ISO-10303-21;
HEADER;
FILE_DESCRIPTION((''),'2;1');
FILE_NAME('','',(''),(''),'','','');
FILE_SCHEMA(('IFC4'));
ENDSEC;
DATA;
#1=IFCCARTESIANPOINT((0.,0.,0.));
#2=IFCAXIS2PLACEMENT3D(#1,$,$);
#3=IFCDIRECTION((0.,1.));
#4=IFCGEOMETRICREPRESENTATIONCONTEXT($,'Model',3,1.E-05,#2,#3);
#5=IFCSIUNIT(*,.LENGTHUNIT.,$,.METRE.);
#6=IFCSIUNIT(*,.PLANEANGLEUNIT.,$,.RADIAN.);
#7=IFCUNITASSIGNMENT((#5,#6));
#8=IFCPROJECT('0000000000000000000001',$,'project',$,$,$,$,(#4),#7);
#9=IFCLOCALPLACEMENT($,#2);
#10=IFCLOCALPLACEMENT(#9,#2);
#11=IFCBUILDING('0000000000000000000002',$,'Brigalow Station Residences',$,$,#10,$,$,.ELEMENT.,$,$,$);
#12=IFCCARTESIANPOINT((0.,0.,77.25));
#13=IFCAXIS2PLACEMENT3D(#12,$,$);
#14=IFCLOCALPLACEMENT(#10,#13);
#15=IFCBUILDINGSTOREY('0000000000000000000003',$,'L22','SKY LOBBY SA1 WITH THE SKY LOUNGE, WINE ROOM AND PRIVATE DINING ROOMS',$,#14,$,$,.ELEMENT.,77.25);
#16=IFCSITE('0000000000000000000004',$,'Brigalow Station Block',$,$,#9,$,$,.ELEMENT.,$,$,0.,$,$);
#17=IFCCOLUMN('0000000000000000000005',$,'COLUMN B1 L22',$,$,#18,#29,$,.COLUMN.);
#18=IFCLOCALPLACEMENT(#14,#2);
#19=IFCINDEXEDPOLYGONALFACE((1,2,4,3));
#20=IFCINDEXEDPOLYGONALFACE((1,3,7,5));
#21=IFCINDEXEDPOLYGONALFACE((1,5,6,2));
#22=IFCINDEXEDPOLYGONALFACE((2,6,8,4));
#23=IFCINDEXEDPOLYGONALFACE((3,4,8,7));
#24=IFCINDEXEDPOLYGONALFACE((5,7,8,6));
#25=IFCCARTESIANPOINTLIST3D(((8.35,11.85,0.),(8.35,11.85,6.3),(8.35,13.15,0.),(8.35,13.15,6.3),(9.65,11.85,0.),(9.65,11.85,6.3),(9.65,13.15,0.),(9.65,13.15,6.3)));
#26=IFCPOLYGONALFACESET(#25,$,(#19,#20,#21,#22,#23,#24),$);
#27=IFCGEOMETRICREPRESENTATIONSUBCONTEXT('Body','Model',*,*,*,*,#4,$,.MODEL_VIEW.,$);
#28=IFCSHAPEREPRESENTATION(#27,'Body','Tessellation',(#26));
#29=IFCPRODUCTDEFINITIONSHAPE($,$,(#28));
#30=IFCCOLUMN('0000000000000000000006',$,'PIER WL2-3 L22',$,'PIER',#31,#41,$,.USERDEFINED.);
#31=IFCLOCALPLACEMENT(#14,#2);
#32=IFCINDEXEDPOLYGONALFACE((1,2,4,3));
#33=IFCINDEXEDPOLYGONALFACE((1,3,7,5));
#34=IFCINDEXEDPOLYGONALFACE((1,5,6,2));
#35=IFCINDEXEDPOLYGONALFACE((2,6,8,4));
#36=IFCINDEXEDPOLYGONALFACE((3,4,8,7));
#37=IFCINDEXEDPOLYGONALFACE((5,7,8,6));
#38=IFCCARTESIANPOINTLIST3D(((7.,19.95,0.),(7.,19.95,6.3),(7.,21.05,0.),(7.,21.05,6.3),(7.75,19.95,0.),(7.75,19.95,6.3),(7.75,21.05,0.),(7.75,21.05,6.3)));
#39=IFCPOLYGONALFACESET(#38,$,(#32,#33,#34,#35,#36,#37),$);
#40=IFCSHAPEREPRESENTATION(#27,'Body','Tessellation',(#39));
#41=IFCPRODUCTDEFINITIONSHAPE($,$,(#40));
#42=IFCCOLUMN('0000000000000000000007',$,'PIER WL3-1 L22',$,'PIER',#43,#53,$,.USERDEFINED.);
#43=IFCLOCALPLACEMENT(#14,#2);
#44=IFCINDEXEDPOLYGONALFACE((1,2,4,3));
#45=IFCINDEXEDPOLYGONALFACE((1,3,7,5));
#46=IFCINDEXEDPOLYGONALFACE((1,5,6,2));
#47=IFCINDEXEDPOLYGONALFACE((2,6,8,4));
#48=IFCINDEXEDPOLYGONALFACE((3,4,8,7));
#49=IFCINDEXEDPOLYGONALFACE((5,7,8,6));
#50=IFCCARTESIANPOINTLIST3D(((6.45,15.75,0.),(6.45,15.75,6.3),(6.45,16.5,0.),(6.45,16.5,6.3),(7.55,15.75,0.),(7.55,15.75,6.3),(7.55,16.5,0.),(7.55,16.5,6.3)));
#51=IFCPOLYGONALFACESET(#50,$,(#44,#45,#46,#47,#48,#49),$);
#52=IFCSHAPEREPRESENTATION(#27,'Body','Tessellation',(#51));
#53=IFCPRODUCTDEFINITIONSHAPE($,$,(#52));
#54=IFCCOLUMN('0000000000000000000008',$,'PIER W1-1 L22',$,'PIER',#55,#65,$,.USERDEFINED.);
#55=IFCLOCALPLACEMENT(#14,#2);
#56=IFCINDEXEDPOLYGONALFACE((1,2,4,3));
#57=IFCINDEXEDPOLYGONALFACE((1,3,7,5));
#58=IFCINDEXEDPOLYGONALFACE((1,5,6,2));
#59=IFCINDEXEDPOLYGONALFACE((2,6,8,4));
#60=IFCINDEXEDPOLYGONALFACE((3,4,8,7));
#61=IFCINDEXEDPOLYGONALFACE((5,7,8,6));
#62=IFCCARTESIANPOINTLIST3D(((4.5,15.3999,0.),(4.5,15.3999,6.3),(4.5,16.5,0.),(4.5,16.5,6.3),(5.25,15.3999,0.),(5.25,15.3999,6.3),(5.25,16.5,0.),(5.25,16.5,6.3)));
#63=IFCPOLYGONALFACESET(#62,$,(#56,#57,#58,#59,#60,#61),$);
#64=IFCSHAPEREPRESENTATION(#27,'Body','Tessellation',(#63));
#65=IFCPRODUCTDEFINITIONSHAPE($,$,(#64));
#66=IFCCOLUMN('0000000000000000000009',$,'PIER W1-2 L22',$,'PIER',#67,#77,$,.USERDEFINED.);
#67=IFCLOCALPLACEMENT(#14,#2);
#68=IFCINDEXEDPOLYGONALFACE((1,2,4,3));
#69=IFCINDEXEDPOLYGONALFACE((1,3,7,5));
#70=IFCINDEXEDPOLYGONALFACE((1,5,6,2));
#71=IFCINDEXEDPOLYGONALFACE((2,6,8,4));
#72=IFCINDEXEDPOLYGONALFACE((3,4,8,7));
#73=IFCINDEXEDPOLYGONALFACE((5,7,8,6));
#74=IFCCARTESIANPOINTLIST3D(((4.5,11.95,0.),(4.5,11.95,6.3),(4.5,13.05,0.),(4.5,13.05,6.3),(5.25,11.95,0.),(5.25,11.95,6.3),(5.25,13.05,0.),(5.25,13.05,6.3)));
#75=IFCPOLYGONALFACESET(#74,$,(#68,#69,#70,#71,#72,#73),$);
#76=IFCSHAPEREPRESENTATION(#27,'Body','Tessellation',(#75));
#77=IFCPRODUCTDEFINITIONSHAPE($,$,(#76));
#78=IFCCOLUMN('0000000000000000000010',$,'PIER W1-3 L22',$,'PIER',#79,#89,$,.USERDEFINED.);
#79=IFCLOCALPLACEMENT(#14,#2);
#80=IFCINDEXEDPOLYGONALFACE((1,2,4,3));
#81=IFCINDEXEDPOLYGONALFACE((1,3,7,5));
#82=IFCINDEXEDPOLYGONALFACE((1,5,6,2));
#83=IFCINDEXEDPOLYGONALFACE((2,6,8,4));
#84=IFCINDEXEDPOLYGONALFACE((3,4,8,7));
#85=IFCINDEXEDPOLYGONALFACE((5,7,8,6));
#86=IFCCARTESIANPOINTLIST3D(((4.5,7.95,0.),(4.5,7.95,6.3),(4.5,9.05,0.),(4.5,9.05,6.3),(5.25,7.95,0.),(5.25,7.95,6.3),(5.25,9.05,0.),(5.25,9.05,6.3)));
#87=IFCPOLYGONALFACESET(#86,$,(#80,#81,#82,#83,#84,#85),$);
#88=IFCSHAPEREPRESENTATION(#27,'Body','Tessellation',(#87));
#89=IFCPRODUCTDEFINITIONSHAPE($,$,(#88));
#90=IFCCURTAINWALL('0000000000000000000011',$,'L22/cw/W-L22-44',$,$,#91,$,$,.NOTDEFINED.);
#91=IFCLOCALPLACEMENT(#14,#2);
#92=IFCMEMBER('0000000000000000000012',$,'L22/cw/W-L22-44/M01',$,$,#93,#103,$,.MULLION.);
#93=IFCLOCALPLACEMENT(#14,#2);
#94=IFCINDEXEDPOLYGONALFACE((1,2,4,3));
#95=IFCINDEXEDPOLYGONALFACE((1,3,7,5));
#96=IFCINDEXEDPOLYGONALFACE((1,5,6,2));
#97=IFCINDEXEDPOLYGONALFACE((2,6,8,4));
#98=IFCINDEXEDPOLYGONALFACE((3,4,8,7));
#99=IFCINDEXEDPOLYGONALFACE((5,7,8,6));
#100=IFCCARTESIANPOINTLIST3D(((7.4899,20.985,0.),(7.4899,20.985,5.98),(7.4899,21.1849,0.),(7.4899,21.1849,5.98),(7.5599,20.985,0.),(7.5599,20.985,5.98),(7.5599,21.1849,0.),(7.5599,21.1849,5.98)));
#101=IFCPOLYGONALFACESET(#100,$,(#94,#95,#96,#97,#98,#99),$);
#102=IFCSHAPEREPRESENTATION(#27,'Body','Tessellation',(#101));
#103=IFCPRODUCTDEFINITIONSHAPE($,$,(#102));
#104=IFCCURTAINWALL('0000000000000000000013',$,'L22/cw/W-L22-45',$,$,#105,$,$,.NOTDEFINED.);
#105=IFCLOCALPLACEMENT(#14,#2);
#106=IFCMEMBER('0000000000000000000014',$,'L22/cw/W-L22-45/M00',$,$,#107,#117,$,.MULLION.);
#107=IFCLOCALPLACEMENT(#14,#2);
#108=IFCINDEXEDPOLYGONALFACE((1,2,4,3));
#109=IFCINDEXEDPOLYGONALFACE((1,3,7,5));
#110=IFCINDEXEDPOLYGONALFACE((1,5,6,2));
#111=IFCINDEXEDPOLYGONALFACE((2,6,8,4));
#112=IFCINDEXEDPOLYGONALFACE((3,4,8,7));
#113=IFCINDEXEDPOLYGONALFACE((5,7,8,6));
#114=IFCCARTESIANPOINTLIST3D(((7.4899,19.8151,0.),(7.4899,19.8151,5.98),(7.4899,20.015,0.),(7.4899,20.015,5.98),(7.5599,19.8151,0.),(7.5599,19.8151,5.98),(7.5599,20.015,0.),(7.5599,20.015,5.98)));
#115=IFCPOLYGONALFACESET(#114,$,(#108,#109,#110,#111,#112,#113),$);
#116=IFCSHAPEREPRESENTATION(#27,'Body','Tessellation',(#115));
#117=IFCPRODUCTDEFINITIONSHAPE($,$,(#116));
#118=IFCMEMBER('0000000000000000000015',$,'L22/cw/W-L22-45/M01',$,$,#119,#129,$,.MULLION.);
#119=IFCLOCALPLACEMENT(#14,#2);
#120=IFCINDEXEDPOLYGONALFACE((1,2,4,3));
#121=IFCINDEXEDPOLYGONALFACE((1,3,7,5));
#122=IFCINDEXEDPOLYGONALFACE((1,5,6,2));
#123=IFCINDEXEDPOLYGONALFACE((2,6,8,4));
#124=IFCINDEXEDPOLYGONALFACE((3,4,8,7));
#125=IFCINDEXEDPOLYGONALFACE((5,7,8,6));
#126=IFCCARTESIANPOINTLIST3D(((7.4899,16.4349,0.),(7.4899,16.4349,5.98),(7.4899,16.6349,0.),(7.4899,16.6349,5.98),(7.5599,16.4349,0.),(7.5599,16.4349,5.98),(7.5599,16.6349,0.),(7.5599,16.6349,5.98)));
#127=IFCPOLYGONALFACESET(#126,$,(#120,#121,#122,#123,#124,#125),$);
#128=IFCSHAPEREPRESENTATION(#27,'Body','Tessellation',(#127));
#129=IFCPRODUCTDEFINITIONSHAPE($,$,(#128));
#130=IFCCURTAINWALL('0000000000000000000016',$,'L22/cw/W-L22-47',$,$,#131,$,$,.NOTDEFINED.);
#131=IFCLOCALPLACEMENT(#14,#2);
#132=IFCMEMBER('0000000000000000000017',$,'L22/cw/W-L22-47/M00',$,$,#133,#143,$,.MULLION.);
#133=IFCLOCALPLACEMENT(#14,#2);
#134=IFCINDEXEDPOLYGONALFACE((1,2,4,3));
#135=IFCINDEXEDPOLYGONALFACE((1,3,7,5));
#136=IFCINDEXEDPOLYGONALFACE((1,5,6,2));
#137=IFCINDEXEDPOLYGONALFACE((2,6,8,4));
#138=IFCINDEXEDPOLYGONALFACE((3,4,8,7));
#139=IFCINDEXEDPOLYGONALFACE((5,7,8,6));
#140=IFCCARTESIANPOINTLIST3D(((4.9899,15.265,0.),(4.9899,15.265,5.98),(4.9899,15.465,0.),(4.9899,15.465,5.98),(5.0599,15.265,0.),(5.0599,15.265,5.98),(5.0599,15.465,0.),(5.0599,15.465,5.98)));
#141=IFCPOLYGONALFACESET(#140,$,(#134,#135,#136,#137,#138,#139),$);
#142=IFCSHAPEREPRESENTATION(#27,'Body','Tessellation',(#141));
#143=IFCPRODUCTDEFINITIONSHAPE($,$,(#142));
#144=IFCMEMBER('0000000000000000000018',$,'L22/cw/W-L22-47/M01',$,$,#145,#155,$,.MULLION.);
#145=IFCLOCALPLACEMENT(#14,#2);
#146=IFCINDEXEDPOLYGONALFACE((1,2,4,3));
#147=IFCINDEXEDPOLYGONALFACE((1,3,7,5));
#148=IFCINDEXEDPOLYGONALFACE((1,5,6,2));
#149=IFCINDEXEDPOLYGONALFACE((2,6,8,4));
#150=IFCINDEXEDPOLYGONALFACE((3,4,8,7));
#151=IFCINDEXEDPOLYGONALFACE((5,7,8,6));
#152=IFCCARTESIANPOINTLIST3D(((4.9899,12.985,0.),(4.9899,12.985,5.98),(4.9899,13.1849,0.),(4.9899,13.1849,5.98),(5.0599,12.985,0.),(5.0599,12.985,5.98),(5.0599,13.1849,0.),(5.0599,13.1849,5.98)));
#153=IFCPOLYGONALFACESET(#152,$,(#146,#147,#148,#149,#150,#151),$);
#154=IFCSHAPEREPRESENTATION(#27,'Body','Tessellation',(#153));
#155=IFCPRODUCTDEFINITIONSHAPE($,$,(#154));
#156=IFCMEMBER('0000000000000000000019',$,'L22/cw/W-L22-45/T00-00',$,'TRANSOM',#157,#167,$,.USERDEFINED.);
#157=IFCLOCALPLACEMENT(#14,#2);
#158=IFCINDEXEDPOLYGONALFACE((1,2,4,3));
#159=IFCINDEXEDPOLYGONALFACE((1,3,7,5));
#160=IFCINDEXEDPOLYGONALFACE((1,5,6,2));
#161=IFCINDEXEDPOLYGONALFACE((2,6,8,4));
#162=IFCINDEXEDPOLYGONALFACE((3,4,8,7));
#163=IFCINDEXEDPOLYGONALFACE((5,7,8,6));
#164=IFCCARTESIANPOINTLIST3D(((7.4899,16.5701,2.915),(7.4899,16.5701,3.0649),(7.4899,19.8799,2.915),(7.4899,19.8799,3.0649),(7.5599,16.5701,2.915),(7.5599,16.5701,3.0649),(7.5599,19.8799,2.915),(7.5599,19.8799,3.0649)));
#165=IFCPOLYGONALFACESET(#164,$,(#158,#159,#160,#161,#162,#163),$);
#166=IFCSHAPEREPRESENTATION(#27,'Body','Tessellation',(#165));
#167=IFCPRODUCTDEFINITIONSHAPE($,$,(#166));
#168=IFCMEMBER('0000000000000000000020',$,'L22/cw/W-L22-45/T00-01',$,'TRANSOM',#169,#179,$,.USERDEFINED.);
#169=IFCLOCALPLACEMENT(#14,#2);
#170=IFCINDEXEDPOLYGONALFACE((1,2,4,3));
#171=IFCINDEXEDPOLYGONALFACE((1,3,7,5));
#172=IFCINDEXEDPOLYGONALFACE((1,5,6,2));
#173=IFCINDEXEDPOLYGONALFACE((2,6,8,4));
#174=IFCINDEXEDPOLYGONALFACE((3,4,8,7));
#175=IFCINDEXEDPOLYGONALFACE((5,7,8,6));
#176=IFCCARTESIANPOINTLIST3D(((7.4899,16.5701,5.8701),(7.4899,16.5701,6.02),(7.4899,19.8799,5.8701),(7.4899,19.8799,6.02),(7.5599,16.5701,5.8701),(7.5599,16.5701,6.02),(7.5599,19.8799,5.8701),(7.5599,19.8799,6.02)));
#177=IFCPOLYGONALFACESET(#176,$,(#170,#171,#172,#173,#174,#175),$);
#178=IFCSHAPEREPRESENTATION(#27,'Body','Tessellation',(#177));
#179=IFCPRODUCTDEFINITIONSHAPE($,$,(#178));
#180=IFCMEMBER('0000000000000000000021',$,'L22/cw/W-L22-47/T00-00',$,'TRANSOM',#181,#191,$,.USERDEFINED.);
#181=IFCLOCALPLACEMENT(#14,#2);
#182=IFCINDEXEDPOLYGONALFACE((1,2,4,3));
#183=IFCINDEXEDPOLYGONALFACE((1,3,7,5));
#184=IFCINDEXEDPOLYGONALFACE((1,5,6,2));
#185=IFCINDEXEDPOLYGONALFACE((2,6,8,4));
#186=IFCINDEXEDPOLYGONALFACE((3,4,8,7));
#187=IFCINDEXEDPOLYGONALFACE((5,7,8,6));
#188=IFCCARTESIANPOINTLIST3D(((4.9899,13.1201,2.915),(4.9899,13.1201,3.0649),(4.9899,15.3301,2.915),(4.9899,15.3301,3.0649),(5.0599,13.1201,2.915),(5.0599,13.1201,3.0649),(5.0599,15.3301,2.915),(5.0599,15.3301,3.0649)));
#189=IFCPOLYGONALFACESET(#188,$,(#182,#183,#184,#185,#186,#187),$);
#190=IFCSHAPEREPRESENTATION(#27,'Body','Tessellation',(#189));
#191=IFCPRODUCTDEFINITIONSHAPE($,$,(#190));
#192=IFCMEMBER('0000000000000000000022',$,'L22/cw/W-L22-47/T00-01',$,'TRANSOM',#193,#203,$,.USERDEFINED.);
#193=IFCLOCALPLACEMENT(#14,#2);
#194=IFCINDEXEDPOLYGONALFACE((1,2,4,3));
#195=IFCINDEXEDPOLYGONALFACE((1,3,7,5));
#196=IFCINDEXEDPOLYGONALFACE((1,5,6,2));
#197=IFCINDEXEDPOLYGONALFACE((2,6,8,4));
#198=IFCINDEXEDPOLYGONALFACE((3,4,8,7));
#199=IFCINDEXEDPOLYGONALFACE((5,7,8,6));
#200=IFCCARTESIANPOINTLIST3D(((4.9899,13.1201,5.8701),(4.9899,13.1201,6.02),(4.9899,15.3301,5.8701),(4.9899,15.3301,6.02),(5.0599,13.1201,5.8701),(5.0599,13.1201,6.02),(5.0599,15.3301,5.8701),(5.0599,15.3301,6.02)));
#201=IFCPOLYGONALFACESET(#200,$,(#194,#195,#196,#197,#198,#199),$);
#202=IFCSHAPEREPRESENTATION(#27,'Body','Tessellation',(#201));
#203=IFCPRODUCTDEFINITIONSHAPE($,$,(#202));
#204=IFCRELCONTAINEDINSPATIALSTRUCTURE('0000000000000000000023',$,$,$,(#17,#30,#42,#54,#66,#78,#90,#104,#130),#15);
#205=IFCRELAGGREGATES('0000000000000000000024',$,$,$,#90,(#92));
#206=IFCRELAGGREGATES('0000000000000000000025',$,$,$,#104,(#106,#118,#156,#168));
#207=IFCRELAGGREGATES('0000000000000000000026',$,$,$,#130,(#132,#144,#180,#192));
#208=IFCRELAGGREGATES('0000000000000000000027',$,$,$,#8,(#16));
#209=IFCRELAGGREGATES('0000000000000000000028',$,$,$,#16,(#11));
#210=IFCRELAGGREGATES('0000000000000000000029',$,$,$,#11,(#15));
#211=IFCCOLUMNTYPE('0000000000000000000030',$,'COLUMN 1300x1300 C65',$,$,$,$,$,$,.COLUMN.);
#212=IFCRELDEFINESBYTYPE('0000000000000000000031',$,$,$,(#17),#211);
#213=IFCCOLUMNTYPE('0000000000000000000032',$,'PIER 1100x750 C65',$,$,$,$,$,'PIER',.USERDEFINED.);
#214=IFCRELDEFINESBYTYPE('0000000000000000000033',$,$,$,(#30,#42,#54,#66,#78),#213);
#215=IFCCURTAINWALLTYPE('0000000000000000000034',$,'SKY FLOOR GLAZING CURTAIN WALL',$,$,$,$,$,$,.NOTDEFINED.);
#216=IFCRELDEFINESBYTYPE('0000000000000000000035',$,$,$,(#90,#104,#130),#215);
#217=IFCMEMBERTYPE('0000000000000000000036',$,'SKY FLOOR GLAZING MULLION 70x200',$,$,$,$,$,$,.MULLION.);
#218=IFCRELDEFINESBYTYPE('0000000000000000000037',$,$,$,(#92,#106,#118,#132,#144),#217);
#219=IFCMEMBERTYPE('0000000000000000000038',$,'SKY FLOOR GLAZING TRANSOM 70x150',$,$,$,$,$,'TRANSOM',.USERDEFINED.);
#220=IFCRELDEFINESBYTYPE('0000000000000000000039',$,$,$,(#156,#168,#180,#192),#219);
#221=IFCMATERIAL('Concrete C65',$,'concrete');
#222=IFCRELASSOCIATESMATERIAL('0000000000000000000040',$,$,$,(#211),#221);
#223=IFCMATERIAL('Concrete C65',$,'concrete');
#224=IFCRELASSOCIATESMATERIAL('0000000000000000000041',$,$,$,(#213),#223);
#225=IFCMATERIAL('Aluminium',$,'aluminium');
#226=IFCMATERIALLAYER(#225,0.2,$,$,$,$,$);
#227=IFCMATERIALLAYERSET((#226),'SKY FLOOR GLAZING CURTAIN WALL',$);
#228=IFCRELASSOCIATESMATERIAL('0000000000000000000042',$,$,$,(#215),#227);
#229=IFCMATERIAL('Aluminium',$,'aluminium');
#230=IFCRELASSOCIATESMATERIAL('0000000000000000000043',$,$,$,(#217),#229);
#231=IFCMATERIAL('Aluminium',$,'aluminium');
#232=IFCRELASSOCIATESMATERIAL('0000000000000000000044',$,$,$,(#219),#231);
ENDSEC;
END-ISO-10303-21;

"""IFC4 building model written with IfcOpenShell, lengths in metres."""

from ifc_helpers import new_model, si_unit, direction, frame, origin, origin_2d, place, context, subcontext, project, spatial, rectangle, extrude, material, layer, layer_set, material_profile, profile_set, type_object, element, aggregate, save


model = new_model("IFC4")

# Units and contexts
model_context = context("Model", 3, precision=1e-05, world=origin(), true_north=direction((0.0, 1.0)))
body_context = subcontext(model_context, "Body", "Model", "MODEL_VIEW")
ifc_project = project(units=[si_unit("LENGTHUNIT", "METRE"), si_unit("PLANEANGLEUNIT", "RADIAN")], contexts=[model_context])

# Site, building, storey
site_placement = place(None, origin())
site = spatial("IfcSite", under=ifc_project, at=site_placement, Name="Brigalow Station Block", CompositionType="ELEMENT", RefElevation=0.0)
building_placement = place(site_placement, origin())
building = spatial("IfcBuilding", under=site, at=building_placement, Name="Brigalow Station Residences", CompositionType="ELEMENT")
storey_placement = place(building_placement, frame((0.0, 0.0, 77.25)))
storey = spatial("IfcBuildingStorey", under=building, at=storey_placement, Name="L22", Description="SKY LOBBY SA1 WITH THE SKY LOUNGE, WINE ROOM AND PRIVATE DINING ROOMS", CompositionType="ELEMENT", Elevation=77.25)

# Columns
ifc_material_1 = material(Name="Concrete C65", Category="concrete")
ifc_material_profile_1 = material_profile(ifc_material_1, rectangle(XDim=1.3, YDim=1.3, at=origin_2d()), Name="RC1300x1300")
ifc_profile_set_1 = profile_set([ifc_material_profile_1], Name="Concrete C65")
column_type_1 = type_object("IfcColumnType", Name="COLUMN 1300x1300 C65", PredefinedType="COLUMN", material=ifc_profile_set_1)
column_placement = place(storey_placement, frame((9.0, 12.5, 0.0), z_axis=(0.0, 0.0, 1.0), x_axis=(1.0, 0.0, 0.0)))
element("IfcColumn", 1, at=column_placement, inside=storey, type_object=column_type_1, Name="COLUMN B1 L22", PredefinedType="COLUMN", context=body_context, shape_type="SweptSolid", body=[
    extrude(rectangle(XDim=1.3, YDim=1.3, at=origin_2d()), origin(), (0.0, 0.0, 1.0), 6.3),
])
ifc_material_2 = material(Name="Concrete C65", Category="concrete")
ifc_material_profile_2 = material_profile(ifc_material_2, rectangle(XDim=1.1001, YDim=0.75, at=origin_2d()), Name="RC1100x750")
ifc_profile_set_2 = profile_set([ifc_material_profile_2], Name="Concrete C65")
column_type_2 = type_object("IfcColumnType", Name="PIER 1100x750 C65", ElementType="PIER", PredefinedType="USERDEFINED", material=ifc_profile_set_2)
for number, where, z_axis, x_axis, name in (
    (2, (7.375, 20.5, 0.0), (0.0, 0.0, 1.0), (0.0, -1.0, 0.0), "PIER WL2-3 L22"),
    (3, (7.0, 16.125, 0.0), (0.0, 0.0, 1.0), (-1.0, 0.0, 0.0), "PIER WL3-1 L22"),
    (4, (4.875, 15.95, 0.0), (0.0, 0.0, 1.0), (0.0, -1.0, 0.0), "PIER W1-1 L22"),
    (5, (4.875, 12.5, 0.0), (0.0, 0.0, 1.0), (0.0, -1.0, 0.0), "PIER W1-2 L22"),
    (6, (4.875, 8.5, 0.0), (0.0, 0.0, 1.0), (0.0, -1.0, 0.0), "PIER W1-3 L22"),
):
    element("IfcColumn", number, at=place(storey_placement, frame(where, z_axis=z_axis, x_axis=x_axis)), inside=storey, type_object=column_type_2, Name=name, ObjectType="PIER", PredefinedType="USERDEFINED", context=body_context, shape_type="SweptSolid", body=[
        extrude(rectangle(XDim=1.1001, YDim=0.75, at=origin_2d()), origin(), (0.0, 0.0, 1.0), 6.3),
    ])

# Curtain wall, member
ifc_material_3 = material(Name="Aluminium", Category="aluminium")
ifc_layer_1 = layer(ifc_material_3, 0.2)
ifc_layer_set_1 = layer_set([ifc_layer_1], Name="SKY FLOOR GLAZING CURTAIN WALL")
curtain_wall_type = type_object("IfcCurtainWallType", Name="SKY FLOOR GLAZING CURTAIN WALL", PredefinedType="NOTDEFINED", material=ifc_layer_set_1)
curtain_wall_1_placement = place(storey_placement, origin())
curtain_wall_1 = element("IfcCurtainWall", 7, at=curtain_wall_1_placement, inside=storey, type_object=curtain_wall_type, Name="L22/cw/W-L22-44", PredefinedType="NOTDEFINED")
ifc_material_4 = material(Name="Aluminium", Category="aluminium")
ifc_material_profile_3 = material_profile(ifc_material_4, rectangle(XDim=0.0701, YDim=0.2, at=origin_2d()), Name="SKY FLOOR GLAZING MULLION 70x200")
ifc_profile_set_3 = profile_set([ifc_material_profile_3], Name="Aluminium")
member_type_1 = type_object("IfcMemberType", Name="SKY FLOOR GLAZING MULLION 70x200", PredefinedType="MULLION", material=ifc_profile_set_3)
member_1_placement = place(storey_placement, frame((7.5249, 21.085, 0.0), z_axis=(0.0, 0.0, 1.0), x_axis=(1.0, 0.0, 0.0)))
member_1 = element("IfcMember", 8, at=member_1_placement, type_object=member_type_1, Name="L22/cw/W-L22-44/M01", PredefinedType="MULLION", context=body_context, shape_type="SweptSolid", body=[
    extrude(rectangle(XDim=0.0701, YDim=0.2, at=origin_2d()), origin(), (0.0, 0.0, 1.0), 5.98),
])

# Curtain walls, members
curtain_wall_2_placement = place(storey_placement, origin())
curtain_wall_2 = element("IfcCurtainWall", 9, at=curtain_wall_2_placement, inside=storey, type_object=curtain_wall_type, Name="L22/cw/W-L22-45", PredefinedType="NOTDEFINED")
member_2_placement = place(storey_placement, frame((7.5249, 19.915, 0.0), z_axis=(0.0, 0.0, 1.0), x_axis=(1.0, 0.0, 0.0)))
member_2 = element("IfcMember", 10, at=member_2_placement, type_object=member_type_1, Name="L22/cw/W-L22-45/M00", PredefinedType="MULLION", context=body_context, shape_type="SweptSolid", body=[
    extrude(rectangle(XDim=0.0701, YDim=0.2, at=origin_2d()), origin(), (0.0, 0.0, 1.0), 5.98),
])
member_3_placement = place(storey_placement, frame((7.5249, 16.5349, 0.0), z_axis=(0.0, 0.0, 1.0), x_axis=(1.0, 0.0, 0.0)))
member_3 = element("IfcMember", 11, at=member_3_placement, type_object=member_type_1, Name="L22/cw/W-L22-45/M01", PredefinedType="MULLION", context=body_context, shape_type="SweptSolid", body=[
    extrude(rectangle(XDim=0.0701, YDim=0.2, at=origin_2d()), origin(), (0.0, 0.0, 1.0), 5.98),
])
curtain_wall_3_placement = place(storey_placement, origin())
curtain_wall_3 = element("IfcCurtainWall", 12, at=curtain_wall_3_placement, inside=storey, type_object=curtain_wall_type, Name="L22/cw/W-L22-47", PredefinedType="NOTDEFINED")
member_4_placement = place(storey_placement, frame((5.0249, 15.365, 0.0), z_axis=(0.0, 0.0, 1.0), x_axis=(1.0, 0.0, 0.0)))
member_4 = element("IfcMember", 13, at=member_4_placement, type_object=member_type_1, Name="L22/cw/W-L22-47/M00", PredefinedType="MULLION", context=body_context, shape_type="SweptSolid", body=[
    extrude(rectangle(XDim=0.0701, YDim=0.2, at=origin_2d()), origin(), (0.0, 0.0, 1.0), 5.98),
])
member_5_placement = place(storey_placement, frame((5.0249, 13.085, 0.0), z_axis=(0.0, 0.0, 1.0), x_axis=(1.0, 0.0, 0.0)))
member_5 = element("IfcMember", 14, at=member_5_placement, type_object=member_type_1, Name="L22/cw/W-L22-47/M01", PredefinedType="MULLION", context=body_context, shape_type="SweptSolid", body=[
    extrude(rectangle(XDim=0.0701, YDim=0.2, at=origin_2d()), origin(), (0.0, 0.0, 1.0), 5.98),
])

# Members
ifc_material_5 = material(Name="Aluminium", Category="aluminium")
ifc_material_profile_4 = material_profile(ifc_material_5, rectangle(XDim=0.0701, YDim=0.1499, at=origin_2d()), Name="SKY FLOOR GLAZING TRANSOM 70x150")
ifc_profile_set_4 = profile_set([ifc_material_profile_4], Name="Aluminium")
member_type_2 = type_object("IfcMemberType", Name="SKY FLOOR GLAZING TRANSOM 70x150", ElementType="TRANSOM", PredefinedType="USERDEFINED", material=ifc_profile_set_4)
member_6_placement = place(storey_placement, frame((7.5249, 19.8799, 2.99), z_axis=(0.0, -1.0, 0.0), x_axis=(1.0, 0.0, 0.0)))
member_6 = element("IfcMember", 15, at=member_6_placement, type_object=member_type_2, Name="L22/cw/W-L22-45/T00-00", ObjectType="TRANSOM", PredefinedType="USERDEFINED", context=body_context, shape_type="SweptSolid", body=[
    extrude(rectangle(XDim=0.0701, YDim=0.1499, at=origin_2d()), origin(), (0.0, 0.0, 1.0), 3.3098),
])
member_7_placement = place(storey_placement, frame((7.5249, 19.8799, 5.9451), z_axis=(0.0, -1.0, 0.0), x_axis=(1.0, 0.0, 0.0)))
member_7 = element("IfcMember", 16, at=member_7_placement, type_object=member_type_2, Name="L22/cw/W-L22-45/T00-01", ObjectType="TRANSOM", PredefinedType="USERDEFINED", context=body_context, shape_type="SweptSolid", body=[
    extrude(rectangle(XDim=0.0701, YDim=0.1499, at=origin_2d()), origin(), (0.0, 0.0, 1.0), 3.3098),
])
member_8_placement = place(storey_placement, frame((5.0249, 15.3301, 2.99), z_axis=(0.0, -1.0, 0.0), x_axis=(1.0, 0.0, 0.0)))
member_8 = element("IfcMember", 17, at=member_8_placement, type_object=member_type_2, Name="L22/cw/W-L22-47/T00-00", ObjectType="TRANSOM", PredefinedType="USERDEFINED", context=body_context, shape_type="SweptSolid", body=[
    extrude(rectangle(XDim=0.0701, YDim=0.1499, at=origin_2d()), origin(), (0.0, 0.0, 1.0), 2.21),
])
member_9_placement = place(storey_placement, frame((5.0249, 15.3301, 5.9451), z_axis=(0.0, -1.0, 0.0), x_axis=(1.0, 0.0, 0.0)))
member_9 = element("IfcMember", 18, at=member_9_placement, type_object=member_type_2, Name="L22/cw/W-L22-47/T00-01", ObjectType="TRANSOM", PredefinedType="USERDEFINED", context=body_context, shape_type="SweptSolid", body=[
    extrude(rectangle(XDim=0.0701, YDim=0.1499, at=origin_2d()), origin(), (0.0, 0.0, 1.0), 2.21),
])

aggregate(curtain_wall_1, [member_1])
aggregate(curtain_wall_2, [member_2, member_3, member_6, member_7])
aggregate(curtain_wall_3, [member_4, member_5, member_8, member_9])

save(model, "model.ifc")
